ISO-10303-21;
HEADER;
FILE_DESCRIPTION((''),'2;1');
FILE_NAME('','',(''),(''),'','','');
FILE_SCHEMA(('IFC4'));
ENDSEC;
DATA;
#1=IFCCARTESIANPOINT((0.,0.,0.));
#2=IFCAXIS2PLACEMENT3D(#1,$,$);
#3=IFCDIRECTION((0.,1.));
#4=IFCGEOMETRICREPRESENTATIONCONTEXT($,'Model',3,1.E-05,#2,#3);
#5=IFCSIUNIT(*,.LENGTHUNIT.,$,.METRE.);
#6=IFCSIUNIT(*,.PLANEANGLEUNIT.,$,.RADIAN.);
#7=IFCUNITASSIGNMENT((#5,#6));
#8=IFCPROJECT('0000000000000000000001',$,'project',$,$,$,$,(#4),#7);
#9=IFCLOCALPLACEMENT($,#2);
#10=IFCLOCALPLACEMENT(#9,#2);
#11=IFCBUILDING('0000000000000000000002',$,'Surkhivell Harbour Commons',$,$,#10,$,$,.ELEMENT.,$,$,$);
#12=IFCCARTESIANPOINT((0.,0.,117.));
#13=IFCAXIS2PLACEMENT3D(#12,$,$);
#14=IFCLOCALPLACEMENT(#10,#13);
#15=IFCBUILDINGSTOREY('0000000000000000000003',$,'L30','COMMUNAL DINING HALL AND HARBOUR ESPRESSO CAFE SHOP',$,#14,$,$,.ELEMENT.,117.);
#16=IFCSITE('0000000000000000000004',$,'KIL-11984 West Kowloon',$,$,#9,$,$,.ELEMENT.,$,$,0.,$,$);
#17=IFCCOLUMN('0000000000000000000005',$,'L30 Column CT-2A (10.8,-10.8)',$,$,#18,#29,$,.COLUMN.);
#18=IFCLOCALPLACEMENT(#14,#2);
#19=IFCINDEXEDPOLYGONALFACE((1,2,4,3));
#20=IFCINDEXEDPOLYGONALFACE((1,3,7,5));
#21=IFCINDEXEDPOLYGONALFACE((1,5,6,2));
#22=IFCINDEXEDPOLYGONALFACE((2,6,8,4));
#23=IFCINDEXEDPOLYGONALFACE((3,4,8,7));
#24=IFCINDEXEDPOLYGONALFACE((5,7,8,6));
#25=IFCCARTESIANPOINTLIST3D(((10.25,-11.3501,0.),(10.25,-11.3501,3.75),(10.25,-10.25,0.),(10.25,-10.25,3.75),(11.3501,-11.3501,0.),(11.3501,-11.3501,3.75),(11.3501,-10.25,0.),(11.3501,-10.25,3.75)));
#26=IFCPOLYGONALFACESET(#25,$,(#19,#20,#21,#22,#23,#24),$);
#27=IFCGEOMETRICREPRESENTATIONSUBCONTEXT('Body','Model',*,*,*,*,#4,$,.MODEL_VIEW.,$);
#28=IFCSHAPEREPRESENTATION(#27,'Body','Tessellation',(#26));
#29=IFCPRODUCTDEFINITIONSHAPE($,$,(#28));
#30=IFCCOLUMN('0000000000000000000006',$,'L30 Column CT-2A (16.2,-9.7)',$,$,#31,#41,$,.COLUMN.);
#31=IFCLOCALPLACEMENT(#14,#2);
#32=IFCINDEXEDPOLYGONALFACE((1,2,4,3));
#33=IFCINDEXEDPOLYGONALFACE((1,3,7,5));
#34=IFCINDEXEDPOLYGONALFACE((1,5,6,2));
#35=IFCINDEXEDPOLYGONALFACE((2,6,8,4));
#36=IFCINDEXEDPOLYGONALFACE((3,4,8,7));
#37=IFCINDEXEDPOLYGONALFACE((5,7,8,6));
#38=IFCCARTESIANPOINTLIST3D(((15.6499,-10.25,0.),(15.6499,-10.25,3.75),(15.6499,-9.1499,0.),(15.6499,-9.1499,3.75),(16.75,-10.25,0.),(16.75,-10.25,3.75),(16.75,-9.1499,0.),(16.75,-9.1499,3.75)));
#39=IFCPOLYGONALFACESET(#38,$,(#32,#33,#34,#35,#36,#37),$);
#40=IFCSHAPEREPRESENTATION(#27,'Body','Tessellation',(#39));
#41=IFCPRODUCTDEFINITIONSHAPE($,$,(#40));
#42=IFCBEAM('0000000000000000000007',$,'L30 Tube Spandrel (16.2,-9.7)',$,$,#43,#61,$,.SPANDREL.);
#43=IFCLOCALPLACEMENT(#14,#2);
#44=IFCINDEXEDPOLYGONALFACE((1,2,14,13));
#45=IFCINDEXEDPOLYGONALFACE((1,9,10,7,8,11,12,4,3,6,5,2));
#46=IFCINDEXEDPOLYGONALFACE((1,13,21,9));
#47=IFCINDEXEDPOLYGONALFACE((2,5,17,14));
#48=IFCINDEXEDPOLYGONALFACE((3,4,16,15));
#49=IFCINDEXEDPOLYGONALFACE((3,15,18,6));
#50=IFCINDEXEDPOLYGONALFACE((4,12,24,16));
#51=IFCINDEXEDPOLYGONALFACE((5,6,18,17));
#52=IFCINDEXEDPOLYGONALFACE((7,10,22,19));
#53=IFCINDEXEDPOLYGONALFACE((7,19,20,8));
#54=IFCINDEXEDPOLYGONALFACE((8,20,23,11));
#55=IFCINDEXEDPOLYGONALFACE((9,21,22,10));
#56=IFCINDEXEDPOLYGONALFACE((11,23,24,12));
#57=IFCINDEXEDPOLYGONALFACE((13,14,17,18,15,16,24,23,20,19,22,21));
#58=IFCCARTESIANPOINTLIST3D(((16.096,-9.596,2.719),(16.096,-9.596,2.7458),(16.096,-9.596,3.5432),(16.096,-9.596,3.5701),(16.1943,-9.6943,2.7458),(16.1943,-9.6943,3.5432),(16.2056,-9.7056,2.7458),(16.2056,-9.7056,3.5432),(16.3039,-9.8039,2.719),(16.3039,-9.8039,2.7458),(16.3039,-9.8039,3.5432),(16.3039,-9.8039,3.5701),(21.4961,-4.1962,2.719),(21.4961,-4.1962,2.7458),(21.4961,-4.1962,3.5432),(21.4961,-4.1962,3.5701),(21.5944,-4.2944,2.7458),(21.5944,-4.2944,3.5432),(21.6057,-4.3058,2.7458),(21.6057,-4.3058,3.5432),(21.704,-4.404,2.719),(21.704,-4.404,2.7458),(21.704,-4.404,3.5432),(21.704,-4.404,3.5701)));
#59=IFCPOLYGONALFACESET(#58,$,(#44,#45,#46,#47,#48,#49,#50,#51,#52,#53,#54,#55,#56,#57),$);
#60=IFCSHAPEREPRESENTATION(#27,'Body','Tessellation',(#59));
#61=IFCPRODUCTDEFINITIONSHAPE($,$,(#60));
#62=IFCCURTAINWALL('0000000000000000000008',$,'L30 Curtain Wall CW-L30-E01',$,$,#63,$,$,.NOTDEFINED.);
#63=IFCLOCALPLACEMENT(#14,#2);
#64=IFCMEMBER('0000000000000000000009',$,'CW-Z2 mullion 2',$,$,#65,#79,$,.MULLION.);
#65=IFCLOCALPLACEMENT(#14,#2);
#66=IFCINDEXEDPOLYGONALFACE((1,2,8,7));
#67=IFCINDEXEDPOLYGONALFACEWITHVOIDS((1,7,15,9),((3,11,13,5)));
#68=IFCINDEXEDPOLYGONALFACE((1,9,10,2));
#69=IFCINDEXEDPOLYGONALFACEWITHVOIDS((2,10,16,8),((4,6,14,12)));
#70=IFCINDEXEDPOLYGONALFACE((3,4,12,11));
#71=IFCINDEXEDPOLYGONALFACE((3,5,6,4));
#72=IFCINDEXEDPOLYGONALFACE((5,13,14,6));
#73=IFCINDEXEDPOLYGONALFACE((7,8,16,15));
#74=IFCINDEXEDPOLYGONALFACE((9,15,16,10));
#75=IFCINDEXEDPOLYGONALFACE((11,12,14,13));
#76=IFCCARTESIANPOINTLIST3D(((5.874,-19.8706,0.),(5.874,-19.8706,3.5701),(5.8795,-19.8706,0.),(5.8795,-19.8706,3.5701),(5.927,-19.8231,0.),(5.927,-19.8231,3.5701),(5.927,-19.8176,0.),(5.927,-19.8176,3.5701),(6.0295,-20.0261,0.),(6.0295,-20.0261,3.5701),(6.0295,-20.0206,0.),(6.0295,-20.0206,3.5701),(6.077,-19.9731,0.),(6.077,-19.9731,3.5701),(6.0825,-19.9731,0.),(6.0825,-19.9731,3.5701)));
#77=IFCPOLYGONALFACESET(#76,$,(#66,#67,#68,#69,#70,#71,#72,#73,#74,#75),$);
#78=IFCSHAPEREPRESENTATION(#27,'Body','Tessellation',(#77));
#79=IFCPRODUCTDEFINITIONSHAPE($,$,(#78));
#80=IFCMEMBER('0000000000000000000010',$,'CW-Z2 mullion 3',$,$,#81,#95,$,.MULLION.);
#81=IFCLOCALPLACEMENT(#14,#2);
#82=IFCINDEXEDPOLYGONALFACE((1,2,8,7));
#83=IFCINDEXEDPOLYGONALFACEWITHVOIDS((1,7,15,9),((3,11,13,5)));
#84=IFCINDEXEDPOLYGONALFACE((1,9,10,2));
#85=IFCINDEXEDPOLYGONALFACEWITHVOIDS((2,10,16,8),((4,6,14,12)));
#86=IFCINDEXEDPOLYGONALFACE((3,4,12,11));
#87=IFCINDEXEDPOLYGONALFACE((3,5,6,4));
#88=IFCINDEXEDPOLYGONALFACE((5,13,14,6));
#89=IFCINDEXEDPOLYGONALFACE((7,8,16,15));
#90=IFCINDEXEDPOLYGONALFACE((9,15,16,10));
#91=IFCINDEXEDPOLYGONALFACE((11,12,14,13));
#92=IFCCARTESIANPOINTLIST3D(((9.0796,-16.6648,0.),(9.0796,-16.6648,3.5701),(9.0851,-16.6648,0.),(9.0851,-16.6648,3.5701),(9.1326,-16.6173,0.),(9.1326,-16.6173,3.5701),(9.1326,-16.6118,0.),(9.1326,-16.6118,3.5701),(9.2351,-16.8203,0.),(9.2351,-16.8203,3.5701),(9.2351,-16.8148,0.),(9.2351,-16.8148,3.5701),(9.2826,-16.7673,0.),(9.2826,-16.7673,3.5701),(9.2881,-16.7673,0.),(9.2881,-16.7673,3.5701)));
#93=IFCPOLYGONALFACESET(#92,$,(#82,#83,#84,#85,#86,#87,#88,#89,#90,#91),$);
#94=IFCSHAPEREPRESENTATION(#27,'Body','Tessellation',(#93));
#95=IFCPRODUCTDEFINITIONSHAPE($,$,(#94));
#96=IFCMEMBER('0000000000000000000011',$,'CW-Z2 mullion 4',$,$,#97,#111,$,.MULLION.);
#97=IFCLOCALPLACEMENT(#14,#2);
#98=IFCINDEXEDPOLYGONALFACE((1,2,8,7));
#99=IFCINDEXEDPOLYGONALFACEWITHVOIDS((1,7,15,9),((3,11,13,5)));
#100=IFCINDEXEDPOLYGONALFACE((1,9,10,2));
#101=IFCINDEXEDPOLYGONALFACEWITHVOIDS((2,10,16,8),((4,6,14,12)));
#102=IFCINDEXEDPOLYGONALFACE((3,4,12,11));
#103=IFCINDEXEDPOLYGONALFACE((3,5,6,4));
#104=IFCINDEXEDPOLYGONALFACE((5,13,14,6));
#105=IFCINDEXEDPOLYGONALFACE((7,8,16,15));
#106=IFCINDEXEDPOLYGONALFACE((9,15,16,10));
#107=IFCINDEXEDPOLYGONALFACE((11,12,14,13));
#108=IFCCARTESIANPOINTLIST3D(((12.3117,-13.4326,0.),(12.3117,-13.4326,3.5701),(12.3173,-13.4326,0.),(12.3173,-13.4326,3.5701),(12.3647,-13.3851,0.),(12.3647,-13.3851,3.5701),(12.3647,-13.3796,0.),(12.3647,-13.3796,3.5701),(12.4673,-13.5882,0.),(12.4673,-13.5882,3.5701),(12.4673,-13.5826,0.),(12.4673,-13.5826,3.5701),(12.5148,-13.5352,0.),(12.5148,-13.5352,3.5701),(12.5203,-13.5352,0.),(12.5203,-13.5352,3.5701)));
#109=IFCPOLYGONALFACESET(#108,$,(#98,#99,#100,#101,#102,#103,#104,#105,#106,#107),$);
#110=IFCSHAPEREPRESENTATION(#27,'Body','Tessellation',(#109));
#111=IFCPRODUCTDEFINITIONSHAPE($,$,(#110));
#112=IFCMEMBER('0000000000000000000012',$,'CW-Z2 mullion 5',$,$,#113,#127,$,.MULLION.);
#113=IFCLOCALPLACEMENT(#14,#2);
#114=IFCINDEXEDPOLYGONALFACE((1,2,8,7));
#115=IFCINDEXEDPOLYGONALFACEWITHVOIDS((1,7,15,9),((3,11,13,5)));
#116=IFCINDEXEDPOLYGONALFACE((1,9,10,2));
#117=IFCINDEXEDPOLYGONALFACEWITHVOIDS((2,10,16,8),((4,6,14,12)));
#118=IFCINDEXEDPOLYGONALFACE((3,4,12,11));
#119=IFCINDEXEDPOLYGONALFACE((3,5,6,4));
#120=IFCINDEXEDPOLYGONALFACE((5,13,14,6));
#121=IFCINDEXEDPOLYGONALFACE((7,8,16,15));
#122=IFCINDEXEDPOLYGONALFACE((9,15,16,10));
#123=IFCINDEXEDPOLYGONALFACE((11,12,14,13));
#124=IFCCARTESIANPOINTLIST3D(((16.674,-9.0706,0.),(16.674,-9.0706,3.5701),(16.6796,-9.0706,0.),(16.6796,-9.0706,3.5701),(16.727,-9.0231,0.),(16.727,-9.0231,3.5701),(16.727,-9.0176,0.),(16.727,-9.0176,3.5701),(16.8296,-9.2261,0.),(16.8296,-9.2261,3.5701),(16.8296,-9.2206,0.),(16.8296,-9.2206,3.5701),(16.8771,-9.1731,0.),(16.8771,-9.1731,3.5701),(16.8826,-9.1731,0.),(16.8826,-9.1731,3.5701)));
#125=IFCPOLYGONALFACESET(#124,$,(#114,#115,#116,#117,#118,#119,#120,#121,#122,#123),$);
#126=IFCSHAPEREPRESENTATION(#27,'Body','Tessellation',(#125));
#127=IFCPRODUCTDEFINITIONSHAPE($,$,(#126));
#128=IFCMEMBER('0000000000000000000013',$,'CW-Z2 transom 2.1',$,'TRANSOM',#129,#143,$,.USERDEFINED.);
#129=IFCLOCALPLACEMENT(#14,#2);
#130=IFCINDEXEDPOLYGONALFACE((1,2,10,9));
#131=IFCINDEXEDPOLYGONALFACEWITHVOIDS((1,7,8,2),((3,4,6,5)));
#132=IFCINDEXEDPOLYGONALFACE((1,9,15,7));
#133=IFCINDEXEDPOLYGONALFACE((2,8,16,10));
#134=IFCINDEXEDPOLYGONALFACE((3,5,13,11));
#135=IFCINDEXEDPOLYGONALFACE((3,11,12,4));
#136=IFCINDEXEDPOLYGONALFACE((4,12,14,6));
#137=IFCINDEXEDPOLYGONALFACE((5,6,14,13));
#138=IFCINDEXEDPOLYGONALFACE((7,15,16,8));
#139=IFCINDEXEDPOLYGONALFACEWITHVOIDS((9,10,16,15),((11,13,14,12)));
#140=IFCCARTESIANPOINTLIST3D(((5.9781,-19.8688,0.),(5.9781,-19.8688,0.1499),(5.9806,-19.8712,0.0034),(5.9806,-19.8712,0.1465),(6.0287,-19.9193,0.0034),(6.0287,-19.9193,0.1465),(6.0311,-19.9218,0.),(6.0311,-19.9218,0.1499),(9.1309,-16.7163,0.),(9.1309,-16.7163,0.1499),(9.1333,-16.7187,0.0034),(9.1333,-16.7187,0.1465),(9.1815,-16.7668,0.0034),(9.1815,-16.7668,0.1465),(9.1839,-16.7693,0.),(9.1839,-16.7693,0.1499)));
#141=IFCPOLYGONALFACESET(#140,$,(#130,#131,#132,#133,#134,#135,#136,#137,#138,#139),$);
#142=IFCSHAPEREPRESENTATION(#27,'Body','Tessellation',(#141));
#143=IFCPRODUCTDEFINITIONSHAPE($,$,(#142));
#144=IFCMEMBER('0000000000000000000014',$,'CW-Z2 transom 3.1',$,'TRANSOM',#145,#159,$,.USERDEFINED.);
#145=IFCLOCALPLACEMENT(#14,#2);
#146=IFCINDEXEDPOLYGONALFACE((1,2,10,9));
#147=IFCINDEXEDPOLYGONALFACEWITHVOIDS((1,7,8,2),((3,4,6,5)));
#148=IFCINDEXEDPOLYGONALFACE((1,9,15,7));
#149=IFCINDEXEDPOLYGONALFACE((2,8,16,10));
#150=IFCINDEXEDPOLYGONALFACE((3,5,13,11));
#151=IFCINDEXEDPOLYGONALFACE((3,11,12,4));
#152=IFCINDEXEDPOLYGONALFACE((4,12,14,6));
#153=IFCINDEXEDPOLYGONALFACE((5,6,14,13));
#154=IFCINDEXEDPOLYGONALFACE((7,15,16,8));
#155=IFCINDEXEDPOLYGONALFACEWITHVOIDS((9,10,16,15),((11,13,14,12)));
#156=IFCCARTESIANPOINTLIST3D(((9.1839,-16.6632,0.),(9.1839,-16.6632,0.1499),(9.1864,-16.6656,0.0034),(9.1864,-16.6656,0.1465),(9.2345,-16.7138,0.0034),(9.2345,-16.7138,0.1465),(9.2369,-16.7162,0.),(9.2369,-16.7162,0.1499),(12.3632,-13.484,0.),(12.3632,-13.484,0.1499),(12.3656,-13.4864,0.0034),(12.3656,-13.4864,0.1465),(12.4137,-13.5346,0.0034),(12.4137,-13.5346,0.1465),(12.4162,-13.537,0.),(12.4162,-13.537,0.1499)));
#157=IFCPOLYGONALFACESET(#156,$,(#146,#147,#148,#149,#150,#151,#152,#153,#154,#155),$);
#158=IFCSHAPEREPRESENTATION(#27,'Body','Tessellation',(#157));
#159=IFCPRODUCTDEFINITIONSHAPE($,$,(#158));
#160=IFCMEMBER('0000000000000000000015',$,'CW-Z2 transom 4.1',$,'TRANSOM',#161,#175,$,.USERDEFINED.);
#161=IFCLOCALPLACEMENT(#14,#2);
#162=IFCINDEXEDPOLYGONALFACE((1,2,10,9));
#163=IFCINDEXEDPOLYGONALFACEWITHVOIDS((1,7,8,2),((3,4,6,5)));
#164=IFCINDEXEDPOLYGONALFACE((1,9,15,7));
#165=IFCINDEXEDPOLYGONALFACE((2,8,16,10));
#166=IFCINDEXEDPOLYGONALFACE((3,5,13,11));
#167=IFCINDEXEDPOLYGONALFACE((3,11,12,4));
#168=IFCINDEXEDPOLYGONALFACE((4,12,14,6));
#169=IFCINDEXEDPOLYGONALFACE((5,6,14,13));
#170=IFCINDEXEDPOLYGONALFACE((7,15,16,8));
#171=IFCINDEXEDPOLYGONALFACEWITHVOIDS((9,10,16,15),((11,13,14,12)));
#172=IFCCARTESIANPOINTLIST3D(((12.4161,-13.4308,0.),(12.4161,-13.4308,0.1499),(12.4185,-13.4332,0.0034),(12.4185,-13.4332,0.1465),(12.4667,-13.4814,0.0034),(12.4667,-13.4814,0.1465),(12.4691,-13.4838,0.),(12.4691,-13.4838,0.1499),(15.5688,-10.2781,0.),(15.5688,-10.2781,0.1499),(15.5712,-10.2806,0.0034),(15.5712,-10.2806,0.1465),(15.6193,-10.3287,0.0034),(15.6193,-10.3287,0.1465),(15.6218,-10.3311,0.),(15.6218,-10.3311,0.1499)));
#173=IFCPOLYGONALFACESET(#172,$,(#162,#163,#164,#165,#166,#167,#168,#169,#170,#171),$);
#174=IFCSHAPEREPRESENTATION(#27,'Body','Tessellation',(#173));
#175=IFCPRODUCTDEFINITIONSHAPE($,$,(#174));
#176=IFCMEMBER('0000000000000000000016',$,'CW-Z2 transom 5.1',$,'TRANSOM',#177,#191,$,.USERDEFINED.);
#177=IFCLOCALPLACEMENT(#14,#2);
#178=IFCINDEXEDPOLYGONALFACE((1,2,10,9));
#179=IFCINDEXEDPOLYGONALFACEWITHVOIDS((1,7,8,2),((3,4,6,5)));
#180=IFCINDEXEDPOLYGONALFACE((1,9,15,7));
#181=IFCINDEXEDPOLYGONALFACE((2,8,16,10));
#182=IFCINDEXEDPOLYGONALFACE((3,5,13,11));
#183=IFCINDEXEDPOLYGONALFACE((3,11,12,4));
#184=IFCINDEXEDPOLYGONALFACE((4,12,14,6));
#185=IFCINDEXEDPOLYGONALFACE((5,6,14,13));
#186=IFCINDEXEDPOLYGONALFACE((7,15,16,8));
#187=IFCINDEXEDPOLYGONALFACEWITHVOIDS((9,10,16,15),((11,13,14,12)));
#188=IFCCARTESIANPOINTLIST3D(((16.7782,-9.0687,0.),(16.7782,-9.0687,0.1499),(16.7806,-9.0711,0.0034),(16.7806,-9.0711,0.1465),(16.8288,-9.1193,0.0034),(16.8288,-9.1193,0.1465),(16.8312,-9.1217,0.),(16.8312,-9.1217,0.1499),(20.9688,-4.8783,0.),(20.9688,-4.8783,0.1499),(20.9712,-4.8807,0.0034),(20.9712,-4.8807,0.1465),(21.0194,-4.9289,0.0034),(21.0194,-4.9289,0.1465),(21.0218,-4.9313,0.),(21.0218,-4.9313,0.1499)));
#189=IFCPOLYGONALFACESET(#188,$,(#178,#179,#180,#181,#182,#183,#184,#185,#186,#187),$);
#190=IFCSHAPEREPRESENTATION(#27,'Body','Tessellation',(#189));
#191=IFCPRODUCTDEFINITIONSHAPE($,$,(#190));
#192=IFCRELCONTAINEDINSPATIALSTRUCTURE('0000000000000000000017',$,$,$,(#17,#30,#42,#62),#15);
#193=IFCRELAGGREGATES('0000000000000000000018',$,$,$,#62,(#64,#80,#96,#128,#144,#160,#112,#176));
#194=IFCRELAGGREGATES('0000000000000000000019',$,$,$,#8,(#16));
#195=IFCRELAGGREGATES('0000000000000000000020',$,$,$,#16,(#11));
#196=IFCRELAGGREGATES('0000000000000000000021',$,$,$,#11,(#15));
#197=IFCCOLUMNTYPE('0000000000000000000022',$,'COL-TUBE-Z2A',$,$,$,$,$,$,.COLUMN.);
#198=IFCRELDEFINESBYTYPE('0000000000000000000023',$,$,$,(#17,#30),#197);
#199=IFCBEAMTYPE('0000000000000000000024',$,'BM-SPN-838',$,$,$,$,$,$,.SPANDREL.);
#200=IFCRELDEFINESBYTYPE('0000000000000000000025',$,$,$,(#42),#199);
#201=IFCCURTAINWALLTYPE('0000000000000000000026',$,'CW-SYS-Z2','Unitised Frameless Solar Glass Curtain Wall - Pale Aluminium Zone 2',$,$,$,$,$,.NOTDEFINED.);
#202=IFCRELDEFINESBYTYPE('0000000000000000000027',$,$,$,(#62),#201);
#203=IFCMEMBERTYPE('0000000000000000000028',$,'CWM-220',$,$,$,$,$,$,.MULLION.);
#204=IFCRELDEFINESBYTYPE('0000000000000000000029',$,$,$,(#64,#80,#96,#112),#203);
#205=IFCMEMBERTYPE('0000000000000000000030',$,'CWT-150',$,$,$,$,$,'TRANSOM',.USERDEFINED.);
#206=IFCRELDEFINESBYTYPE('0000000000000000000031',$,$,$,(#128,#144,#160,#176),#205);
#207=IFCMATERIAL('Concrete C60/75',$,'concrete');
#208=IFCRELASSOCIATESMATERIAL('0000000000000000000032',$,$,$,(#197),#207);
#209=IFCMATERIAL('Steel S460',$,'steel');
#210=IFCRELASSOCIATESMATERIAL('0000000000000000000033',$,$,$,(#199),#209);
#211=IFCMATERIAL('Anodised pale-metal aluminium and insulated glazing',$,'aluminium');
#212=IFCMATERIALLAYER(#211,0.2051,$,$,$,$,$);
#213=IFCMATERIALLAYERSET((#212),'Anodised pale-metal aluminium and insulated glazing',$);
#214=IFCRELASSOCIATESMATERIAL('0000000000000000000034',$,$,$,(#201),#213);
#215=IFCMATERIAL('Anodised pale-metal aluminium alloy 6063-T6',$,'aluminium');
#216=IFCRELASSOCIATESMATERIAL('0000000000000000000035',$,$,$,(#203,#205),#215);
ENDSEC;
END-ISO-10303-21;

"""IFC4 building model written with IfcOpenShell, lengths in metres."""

from ifc_helpers import new_model, si_unit, direction, frame, origin, origin_2d, place, context, subcontext, project, spatial, rectangle, hollow_rectangle, i_section, extrude, material, layer, layer_set, material_profile, profile_set, type_object, element, aggregate, save


model = new_model("IFC4")

# Units and contexts
model_context = context("Model", 3, precision=1e-05, world=origin(), true_north=direction((0.0, 1.0)))
body_context = subcontext(model_context, "Body", "Model", "MODEL_VIEW")
ifc_project = project(units=[si_unit("LENGTHUNIT", "METRE"), si_unit("PLANEANGLEUNIT", "RADIAN")], contexts=[model_context])

# Site, building, storey
site_placement = place(None, origin())
site = spatial("IfcSite", under=ifc_project, at=site_placement, Name="KIL-11984 West Kowloon", CompositionType="ELEMENT", RefElevation=0.0)
building_placement = place(site_placement, origin())
building = spatial("IfcBuilding", under=site, at=building_placement, Name="Surkhivell Harbour Commons", CompositionType="ELEMENT")
storey_placement = place(building_placement, frame((0.0, 0.0, 117.0)))
storey = spatial("IfcBuildingStorey", under=building, at=storey_placement, Name="L30", Description="COMMUNAL DINING HALL AND HARBOUR ESPRESSO CAFE SHOP", CompositionType="ELEMENT", Elevation=117.0)

# Columns
ifc_material_1 = material(Name="Concrete C60/75", Category="concrete")
ifc_material_profile_1 = material_profile(ifc_material_1, rectangle(XDim=1.1001, YDim=1.1001, at=origin_2d()), Name="RC-COL-1100x1100")
ifc_profile_set_1 = profile_set([ifc_material_profile_1], Name="Concrete C60/75")
column_type = type_object("IfcColumnType", Name="COL-TUBE-Z2A", PredefinedType="COLUMN", material=ifc_profile_set_1)
for number, where, z_axis, x_axis, name in (
    (1, (10.8, -10.8, 0.0), (0.0, 0.0, 1.0), (1.0, 0.0, 0.0), "L30 Column CT-2A (10.8,-10.8)"),
    (2, (16.2, -9.7, 0.0), (0.0, 0.0, 1.0), (1.0, 0.0, 0.0), "L30 Column CT-2A (16.2,-9.7)"),
):
    element("IfcColumn", number, at=place(storey_placement, frame(where, z_axis=z_axis, x_axis=x_axis)), inside=storey, type_object=column_type, Name=name, PredefinedType="COLUMN", context=body_context, shape_type="SweptSolid", body=[
        extrude(rectangle(XDim=1.1001, YDim=1.1001, at=origin_2d()), origin(), (0.0, 0.0, 1.0), 3.75),
    ])

# Beam
ifc_material_2 = material(Name="Steel S460", Category="steel")
ifc_material_profile_2 = material_profile(ifc_material_2, i_section(OverallWidth=0.2939, OverallDepth=0.8511, WebThickness=0.0161, FlangeThickness=0.0269, at=origin_2d()), Name="UB838x292x226")
ifc_profile_set_2 = profile_set([ifc_material_profile_2], Name="Steel S460")
beam_type = type_object("IfcBeamType", Name="BM-SPN-838", PredefinedType="SPANDREL", material=ifc_profile_set_2)
beam_placement = place(storey_placement, frame((16.2, -9.7, 3.1445), z_axis=(0.707123, 0.707091, 0.0), x_axis=(-0.707091, 0.707123, 0.0)))
element("IfcBeam", 3, at=beam_placement, inside=storey, type_object=beam_type, Name="L30 Tube Spandrel (16.2,-9.7)", PredefinedType="SPANDREL", context=body_context, shape_type="SweptSolid", body=[
    extrude(i_section(OverallWidth=0.2939, OverallDepth=0.8511, WebThickness=0.0161, FlangeThickness=0.0269, at=origin_2d()), origin(), (0.0, 0.0, 1.0), 7.6367),
])

# Curtain wall, members
ifc_material_3 = material(Name="Anodised pale-metal aluminium and insulated glazing", Category="aluminium")
ifc_layer_1 = layer(ifc_material_3, 0.2051)
ifc_layer_set_1 = layer_set([ifc_layer_1], Name="Anodised pale-metal aluminium and insulated glazing")
curtain_wall_type = type_object("IfcCurtainWallType", Name="CW-SYS-Z2", Description="Unitised Frameless Solar Glass Curtain Wall - Pale Aluminium Zone 2", PredefinedType="NOTDEFINED", material=ifc_layer_set_1)
curtain_wall_placement = place(storey_placement, origin())
curtain_wall = element("IfcCurtainWall", 4, at=curtain_wall_placement, inside=storey, type_object=curtain_wall_type, Name="L30 Curtain Wall CW-L30-E01", PredefinedType="NOTDEFINED")
ifc_material_4 = material(Name="Anodised pale-metal aluminium alloy 6063-T6", Category="aluminium")
ifc_material_profile_3 = material_profile(ifc_material_4, hollow_rectangle(XDim=0.075, YDim=0.22, WallThickness=0.0039, at=origin_2d()), Name="ALU-MULL-75x220")
ifc_profile_set_3 = profile_set([ifc_material_profile_3], Name="Anodised pale-metal aluminium alloy 6063-T6")
member_type_1 = type_object("IfcMemberType", Name="CWM-220", PredefinedType="MULLION", material=ifc_profile_set_3)
member_1_placement = place(storey_placement, frame((5.9783, -19.9219, 0.0), z_axis=(0.0, 0.0, 1.0), x_axis=(0.707107, 0.707107, 0.0)))
member_1 = element("IfcMember", 5, at=member_1_placement, type_object=member_type_1, Name="CW-Z2 mullion 2", PredefinedType="MULLION", context=body_context, shape_type="SweptSolid", body=[
    extrude(hollow_rectangle(XDim=0.075, YDim=0.22, WallThickness=0.0039, at=origin_2d()), origin(), (0.0, 0.0, 1.0), 3.5701),
])
member_2_placement = place(storey_placement, frame((9.1838, -16.7161, 0.0), z_axis=(0.0, 0.0, 1.0), x_axis=(0.707107, 0.707107, 0.0)))
member_2 = element("IfcMember", 6, at=member_2_placement, type_object=member_type_1, Name="CW-Z2 mullion 3", PredefinedType="MULLION", context=body_context, shape_type="SweptSolid", body=[
    extrude(hollow_rectangle(XDim=0.075, YDim=0.22, WallThickness=0.0039, at=origin_2d()), origin(), (0.0, 0.0, 1.0), 3.5701),
])
member_3_placement = place(storey_placement, frame((12.416, -13.4839, 0.0), z_axis=(0.0, 0.0, 1.0), x_axis=(0.707107, 0.707107, 0.0)))
member_3 = element("IfcMember", 7, at=member_3_placement, type_object=member_type_1, Name="CW-Z2 mullion 4", PredefinedType="MULLION", context=body_context, shape_type="SweptSolid", body=[
    extrude(hollow_rectangle(XDim=0.075, YDim=0.22, WallThickness=0.0039, at=origin_2d()), origin(), (0.0, 0.0, 1.0), 3.5701),
])
member_4_placement = place(storey_placement, frame((16.7783, -9.1218, 0.0), z_axis=(0.0, 0.0, 1.0), x_axis=(0.707107, 0.707107, 0.0)))
member_4 = element("IfcMember", 8, at=member_4_placement, type_object=member_type_1, Name="CW-Z2 mullion 5", PredefinedType="MULLION", context=body_context, shape_type="SweptSolid", body=[
    extrude(hollow_rectangle(XDim=0.075, YDim=0.22, WallThickness=0.0039, at=origin_2d()), origin(), (0.0, 0.0, 1.0), 3.5701),
])
ifc_material_profile_4 = material_profile(ifc_material_4, hollow_rectangle(XDim=0.075, YDim=0.1499, WallThickness=0.0034, at=origin_2d()), Name="ALU-TRAN-75x150")
ifc_profile_set_4 = profile_set([ifc_material_profile_4], Name="Anodised pale-metal aluminium alloy 6063-T6")
member_type_2 = type_object("IfcMemberType", Name="CWT-150", ElementType="TRANSOM", PredefinedType="USERDEFINED", material=ifc_profile_set_4)
member_5_placement = place(storey_placement, frame((6.0046, -19.8953, 0.075), z_axis=(0.707134, 0.707079, 0.0), x_axis=(-0.707079, 0.707134, 0.0)))
member_5 = element("IfcMember", 9, at=member_5_placement, type_object=member_type_2, Name="CW-Z2 transom 2.1", ObjectType="TRANSOM", PredefinedType="USERDEFINED", context=body_context, shape_type="SweptSolid", body=[
    extrude(hollow_rectangle(XDim=0.075, YDim=0.1499, WallThickness=0.0034, at=origin_2d()), origin(), (0.0, 0.0, 1.0), 4.4585),
])
member_6_placement = place(storey_placement, frame((9.2104, -16.6897, 0.075), z_axis=(0.707107, 0.707107, 0.0), x_axis=(-0.707107, 0.707107, 0.0)))
member_6 = element("IfcMember", 10, at=member_6_placement, type_object=member_type_2, Name="CW-Z2 transom 3.1", ObjectType="TRANSOM", PredefinedType="USERDEFINED", context=body_context, shape_type="SweptSolid", body=[
    extrude(hollow_rectangle(XDim=0.075, YDim=0.1499, WallThickness=0.0034, at=origin_2d()), origin(), (0.0, 0.0, 1.0), 4.4961),
])
member_7_placement = place(storey_placement, frame((12.4426, -13.4573, 0.075), z_axis=(0.707107, 0.707107, 0.0), x_axis=(-0.707107, 0.707107, 0.0)))
member_7 = element("IfcMember", 11, at=member_7_placement, type_object=member_type_2, Name="CW-Z2 transom 4.1", ObjectType="TRANSOM", PredefinedType="USERDEFINED", context=body_context, shape_type="SweptSolid", body=[
    extrude(hollow_rectangle(XDim=0.075, YDim=0.1499, WallThickness=0.0034, at=origin_2d()), origin(), (0.0, 0.0, 1.0), 4.4585),
])
member_8_placement = place(storey_placement, frame((16.8047, -9.0952, 0.075), z_axis=(0.707127, 0.707086, 0.0), x_axis=(-0.707086, 0.707127, 0.0)))
member_8 = element("IfcMember", 12, at=member_8_placement, type_object=member_type_2, Name="CW-Z2 transom 5.1", ObjectType="TRANSOM", PredefinedType="USERDEFINED", context=body_context, shape_type="SweptSolid", body=[
    extrude(hollow_rectangle(XDim=0.075, YDim=0.1499, WallThickness=0.0034, at=origin_2d()), origin(), (0.0, 0.0, 1.0), 5.9263),
])
aggregate(curtain_wall, [member_1, member_2, member_3, member_5, member_6, member_7, member_4, member_8])

save(model, "model.ifc")
